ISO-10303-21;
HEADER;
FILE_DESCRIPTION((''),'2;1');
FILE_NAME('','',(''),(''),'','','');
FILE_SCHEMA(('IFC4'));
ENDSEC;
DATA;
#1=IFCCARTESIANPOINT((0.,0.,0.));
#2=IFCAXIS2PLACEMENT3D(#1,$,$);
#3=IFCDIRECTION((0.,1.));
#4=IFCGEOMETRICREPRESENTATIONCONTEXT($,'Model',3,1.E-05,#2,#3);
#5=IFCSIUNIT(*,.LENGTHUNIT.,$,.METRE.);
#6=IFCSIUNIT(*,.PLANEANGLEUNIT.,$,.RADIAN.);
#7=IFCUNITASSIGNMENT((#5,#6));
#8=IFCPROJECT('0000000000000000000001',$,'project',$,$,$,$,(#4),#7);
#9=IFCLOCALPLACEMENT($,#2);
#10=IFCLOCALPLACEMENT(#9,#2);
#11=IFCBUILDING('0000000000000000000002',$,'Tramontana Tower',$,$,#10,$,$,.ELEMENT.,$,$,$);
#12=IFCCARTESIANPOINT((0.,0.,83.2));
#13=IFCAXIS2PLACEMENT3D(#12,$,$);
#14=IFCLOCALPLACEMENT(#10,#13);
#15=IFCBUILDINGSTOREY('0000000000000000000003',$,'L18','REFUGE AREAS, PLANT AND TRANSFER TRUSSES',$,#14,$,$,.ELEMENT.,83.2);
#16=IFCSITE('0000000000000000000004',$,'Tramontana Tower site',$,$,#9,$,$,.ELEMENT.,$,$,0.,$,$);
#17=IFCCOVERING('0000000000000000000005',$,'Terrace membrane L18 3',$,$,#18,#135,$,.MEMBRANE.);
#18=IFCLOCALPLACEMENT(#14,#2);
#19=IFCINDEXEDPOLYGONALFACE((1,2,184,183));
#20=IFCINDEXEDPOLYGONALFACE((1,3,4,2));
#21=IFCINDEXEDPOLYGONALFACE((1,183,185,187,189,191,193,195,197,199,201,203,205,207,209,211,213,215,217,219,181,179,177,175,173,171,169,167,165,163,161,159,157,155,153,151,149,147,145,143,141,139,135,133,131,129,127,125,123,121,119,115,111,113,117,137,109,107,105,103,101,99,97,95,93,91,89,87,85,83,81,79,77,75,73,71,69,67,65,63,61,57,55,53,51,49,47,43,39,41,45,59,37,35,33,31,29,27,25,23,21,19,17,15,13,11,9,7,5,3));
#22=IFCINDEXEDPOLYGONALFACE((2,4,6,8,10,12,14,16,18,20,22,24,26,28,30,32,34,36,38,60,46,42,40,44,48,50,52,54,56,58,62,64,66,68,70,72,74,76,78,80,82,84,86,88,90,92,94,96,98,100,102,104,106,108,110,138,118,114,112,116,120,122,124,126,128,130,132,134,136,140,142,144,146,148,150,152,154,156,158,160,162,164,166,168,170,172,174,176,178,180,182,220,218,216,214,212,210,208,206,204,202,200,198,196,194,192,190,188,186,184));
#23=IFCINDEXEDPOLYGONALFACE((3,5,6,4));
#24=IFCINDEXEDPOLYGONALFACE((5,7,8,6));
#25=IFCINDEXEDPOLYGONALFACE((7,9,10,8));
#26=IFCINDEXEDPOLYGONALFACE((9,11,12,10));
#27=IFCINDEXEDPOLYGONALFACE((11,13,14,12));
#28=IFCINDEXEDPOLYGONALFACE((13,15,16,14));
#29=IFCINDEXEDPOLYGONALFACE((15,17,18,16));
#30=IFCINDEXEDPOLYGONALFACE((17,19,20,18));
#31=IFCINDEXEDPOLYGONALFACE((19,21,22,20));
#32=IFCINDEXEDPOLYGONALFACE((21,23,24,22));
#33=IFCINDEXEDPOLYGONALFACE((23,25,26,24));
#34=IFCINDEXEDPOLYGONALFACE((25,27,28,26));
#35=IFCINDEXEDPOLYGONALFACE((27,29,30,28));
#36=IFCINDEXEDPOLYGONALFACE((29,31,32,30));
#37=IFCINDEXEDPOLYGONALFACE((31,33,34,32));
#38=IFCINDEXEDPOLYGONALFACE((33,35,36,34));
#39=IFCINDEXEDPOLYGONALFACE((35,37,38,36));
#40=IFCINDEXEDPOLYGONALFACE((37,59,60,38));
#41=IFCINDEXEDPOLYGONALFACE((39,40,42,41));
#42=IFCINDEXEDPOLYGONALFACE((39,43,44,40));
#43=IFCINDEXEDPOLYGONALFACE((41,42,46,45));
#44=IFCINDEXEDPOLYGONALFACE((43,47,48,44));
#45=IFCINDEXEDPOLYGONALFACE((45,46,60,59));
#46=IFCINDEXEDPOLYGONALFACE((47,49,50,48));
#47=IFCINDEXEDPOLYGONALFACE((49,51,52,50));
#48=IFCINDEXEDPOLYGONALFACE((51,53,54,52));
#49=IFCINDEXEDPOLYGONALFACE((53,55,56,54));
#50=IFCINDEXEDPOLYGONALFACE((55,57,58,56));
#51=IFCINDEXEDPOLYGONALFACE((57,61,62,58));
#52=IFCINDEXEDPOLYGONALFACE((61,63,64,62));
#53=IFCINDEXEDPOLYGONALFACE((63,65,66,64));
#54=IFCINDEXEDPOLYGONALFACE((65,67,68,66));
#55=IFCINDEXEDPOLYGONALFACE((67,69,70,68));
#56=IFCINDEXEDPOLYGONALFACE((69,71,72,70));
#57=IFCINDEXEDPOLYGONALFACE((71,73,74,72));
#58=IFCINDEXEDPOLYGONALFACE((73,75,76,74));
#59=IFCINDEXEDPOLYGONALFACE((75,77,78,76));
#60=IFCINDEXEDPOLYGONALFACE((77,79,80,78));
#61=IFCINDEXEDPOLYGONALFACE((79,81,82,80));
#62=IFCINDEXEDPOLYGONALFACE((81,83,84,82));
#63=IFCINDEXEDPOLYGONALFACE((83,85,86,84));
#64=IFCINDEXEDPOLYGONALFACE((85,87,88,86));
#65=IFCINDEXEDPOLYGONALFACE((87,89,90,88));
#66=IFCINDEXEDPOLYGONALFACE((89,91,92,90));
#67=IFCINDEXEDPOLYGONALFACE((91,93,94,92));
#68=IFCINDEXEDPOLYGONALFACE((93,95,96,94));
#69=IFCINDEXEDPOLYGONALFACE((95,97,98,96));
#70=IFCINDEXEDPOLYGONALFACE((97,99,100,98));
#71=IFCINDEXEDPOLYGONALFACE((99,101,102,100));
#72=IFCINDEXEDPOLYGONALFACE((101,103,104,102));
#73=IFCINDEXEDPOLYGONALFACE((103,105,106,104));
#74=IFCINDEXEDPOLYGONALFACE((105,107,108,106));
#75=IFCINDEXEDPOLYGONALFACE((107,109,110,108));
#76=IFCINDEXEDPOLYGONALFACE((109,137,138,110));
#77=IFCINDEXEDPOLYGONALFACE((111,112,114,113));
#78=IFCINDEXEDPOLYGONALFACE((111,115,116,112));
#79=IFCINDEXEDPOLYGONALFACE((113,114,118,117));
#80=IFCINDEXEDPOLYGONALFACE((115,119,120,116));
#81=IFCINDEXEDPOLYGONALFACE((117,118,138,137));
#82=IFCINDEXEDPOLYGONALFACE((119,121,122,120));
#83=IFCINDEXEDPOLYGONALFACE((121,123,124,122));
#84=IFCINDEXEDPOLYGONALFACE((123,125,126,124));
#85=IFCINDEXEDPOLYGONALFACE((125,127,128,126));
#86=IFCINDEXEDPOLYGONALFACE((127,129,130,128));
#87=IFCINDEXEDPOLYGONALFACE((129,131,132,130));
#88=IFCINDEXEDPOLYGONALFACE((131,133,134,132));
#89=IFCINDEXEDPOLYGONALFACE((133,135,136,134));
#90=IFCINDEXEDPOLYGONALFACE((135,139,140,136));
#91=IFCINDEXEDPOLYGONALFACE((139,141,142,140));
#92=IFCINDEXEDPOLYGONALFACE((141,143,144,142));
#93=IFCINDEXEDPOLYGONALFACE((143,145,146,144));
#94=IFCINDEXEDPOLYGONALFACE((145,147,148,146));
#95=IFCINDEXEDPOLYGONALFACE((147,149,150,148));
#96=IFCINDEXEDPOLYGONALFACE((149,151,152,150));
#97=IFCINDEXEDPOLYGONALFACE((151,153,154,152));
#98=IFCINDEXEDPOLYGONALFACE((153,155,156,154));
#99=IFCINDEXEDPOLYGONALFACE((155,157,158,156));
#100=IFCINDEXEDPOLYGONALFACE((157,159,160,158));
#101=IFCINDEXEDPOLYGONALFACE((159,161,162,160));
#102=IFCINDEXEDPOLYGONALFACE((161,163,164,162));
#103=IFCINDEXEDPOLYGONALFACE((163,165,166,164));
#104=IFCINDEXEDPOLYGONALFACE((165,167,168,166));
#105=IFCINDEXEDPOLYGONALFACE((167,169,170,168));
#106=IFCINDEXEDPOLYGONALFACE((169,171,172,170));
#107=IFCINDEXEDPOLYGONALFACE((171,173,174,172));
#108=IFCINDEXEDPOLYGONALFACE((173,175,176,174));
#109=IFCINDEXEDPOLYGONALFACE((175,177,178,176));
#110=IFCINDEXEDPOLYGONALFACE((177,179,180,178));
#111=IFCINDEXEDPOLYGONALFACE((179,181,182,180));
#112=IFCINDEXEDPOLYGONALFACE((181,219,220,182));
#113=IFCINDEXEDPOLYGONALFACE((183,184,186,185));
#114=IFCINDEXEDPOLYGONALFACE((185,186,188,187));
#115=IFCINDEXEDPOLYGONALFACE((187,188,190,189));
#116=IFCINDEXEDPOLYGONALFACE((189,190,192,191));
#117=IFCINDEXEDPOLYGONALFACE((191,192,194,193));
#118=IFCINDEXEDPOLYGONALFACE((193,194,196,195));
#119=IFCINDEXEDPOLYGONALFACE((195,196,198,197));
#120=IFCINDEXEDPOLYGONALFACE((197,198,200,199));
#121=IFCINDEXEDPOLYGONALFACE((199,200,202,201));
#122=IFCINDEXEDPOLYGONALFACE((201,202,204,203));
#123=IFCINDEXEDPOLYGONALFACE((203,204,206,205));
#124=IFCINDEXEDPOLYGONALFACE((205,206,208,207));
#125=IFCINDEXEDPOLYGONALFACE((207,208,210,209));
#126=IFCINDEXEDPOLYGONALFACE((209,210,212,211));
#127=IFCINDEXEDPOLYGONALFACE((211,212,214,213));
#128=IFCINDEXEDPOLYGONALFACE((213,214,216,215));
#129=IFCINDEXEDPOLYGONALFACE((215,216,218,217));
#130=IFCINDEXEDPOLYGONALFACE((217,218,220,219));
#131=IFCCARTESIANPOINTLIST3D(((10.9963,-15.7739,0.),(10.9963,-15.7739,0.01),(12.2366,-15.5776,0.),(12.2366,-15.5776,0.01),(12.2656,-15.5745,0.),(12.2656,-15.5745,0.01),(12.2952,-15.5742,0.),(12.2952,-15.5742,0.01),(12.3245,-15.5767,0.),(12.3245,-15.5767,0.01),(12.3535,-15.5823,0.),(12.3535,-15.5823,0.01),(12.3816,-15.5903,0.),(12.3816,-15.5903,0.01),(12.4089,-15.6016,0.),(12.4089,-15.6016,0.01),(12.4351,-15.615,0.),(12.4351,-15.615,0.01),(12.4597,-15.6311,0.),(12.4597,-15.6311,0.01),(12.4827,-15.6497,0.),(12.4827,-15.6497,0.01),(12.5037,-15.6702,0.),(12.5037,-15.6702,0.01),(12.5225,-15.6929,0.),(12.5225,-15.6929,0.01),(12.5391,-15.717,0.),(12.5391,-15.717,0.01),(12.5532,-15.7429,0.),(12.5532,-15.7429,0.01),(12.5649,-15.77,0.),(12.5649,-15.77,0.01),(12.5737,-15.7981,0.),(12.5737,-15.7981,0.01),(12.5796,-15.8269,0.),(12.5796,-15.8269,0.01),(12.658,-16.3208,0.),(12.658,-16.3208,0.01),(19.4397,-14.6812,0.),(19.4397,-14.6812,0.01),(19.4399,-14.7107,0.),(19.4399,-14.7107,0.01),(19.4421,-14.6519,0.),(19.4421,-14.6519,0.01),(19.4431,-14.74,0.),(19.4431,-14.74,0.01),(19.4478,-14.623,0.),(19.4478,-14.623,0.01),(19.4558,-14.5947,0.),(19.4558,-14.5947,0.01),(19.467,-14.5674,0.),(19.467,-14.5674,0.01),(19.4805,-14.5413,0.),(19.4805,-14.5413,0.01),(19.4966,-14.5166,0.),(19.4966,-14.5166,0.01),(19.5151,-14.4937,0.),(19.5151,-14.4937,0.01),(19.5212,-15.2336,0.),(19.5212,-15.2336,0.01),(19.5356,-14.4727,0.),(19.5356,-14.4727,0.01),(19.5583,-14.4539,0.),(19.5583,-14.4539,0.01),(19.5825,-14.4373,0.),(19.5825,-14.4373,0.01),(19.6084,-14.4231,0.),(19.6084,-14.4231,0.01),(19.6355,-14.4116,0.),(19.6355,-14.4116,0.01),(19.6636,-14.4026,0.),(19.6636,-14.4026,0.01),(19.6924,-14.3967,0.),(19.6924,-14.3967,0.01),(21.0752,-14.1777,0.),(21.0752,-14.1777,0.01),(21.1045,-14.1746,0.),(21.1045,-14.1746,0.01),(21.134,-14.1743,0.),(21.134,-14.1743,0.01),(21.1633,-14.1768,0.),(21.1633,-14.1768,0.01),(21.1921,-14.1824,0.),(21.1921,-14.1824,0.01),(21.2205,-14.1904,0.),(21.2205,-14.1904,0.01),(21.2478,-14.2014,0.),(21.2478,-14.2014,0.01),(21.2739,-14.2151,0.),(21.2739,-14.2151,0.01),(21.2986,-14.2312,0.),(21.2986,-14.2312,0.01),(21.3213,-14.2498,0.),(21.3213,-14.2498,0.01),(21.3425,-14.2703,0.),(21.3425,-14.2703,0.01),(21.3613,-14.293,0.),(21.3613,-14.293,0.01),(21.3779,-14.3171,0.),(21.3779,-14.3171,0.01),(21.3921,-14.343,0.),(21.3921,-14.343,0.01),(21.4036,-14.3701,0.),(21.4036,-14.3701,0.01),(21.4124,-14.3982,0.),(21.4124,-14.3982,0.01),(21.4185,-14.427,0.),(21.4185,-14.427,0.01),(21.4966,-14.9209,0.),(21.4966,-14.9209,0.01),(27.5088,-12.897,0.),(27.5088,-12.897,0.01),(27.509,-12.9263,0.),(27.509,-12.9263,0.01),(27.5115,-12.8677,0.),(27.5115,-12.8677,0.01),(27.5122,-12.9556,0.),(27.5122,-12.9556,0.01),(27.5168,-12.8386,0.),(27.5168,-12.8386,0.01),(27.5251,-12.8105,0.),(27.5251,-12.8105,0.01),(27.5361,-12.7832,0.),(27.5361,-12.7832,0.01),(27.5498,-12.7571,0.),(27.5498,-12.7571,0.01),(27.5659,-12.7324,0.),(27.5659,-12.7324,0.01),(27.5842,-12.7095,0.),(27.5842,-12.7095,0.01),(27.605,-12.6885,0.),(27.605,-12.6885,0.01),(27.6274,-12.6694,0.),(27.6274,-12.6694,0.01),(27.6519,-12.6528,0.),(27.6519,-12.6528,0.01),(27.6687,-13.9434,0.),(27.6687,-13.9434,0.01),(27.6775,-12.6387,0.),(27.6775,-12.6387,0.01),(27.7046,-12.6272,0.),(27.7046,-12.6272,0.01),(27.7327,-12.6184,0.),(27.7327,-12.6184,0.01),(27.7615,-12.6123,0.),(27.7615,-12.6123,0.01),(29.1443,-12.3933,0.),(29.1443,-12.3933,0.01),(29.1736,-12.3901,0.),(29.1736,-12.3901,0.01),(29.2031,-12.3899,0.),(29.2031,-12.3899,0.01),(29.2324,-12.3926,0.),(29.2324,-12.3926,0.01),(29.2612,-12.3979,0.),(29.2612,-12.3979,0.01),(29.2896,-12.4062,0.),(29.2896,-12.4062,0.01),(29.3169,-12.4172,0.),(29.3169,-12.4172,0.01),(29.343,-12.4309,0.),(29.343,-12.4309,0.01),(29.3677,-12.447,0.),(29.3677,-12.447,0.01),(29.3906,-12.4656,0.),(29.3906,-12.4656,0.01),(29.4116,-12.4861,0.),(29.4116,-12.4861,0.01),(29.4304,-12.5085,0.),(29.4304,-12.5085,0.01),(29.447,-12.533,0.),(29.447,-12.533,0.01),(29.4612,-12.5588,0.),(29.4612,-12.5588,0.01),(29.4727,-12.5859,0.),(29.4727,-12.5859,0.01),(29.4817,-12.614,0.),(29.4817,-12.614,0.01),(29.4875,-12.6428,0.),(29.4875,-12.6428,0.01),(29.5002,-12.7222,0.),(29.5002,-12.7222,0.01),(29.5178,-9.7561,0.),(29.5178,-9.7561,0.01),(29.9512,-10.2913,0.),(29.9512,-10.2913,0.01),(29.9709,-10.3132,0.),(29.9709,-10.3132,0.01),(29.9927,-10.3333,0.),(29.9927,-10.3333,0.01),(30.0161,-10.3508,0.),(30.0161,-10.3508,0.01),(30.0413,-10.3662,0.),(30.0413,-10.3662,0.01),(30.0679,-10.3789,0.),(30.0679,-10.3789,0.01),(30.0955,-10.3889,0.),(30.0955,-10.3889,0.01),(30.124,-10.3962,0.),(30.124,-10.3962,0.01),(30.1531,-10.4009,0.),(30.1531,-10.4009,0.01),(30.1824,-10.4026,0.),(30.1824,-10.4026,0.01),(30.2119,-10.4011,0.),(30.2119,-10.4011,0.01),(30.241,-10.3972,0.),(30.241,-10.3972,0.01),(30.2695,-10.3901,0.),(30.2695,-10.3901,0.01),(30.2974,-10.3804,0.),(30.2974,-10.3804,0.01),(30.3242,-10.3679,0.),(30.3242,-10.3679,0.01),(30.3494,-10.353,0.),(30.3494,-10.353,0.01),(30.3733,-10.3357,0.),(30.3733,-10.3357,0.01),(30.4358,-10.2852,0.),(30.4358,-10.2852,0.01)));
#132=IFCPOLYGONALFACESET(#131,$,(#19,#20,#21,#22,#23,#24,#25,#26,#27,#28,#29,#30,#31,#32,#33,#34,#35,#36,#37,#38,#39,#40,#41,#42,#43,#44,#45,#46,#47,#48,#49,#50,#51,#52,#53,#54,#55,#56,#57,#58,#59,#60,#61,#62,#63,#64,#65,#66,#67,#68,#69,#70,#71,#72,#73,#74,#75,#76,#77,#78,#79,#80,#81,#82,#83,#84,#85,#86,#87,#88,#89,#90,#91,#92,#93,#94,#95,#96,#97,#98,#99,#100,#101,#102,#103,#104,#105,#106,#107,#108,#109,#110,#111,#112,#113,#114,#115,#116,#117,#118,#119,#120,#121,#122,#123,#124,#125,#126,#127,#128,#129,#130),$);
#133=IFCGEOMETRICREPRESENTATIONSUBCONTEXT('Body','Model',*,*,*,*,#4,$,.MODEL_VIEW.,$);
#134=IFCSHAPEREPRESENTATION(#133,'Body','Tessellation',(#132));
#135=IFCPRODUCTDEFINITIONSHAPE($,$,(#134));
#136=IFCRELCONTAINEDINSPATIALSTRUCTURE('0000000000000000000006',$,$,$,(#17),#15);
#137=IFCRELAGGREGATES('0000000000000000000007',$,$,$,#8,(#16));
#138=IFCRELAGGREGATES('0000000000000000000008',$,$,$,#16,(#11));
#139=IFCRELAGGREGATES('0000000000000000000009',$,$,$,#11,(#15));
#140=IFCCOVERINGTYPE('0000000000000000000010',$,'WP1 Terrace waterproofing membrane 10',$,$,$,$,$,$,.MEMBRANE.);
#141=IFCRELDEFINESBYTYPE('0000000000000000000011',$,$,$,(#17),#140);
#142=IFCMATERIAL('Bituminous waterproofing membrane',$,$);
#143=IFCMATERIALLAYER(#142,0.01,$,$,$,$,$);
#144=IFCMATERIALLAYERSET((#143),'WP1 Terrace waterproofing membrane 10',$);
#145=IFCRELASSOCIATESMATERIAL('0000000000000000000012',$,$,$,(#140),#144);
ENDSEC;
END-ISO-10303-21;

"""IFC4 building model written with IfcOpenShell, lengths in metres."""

from ifc_helpers import new_model, si_unit, direction, frame, origin, place, context, subcontext, project, spatial, polyline, outline, extrude, material, layer, layer_set, type_object, element, save


model = new_model("IFC4")

# Units and contexts
model_context = context("Model", 3, precision=1e-05, world=origin(), true_north=direction((0.0, 1.0)))
body_context = subcontext(model_context, "Body", "Model", "MODEL_VIEW")
ifc_project = project(units=[si_unit("LENGTHUNIT", "METRE"), si_unit("PLANEANGLEUNIT", "RADIAN")], contexts=[model_context])

# Site, building, storey
site_placement = place(None, origin())
site = spatial("IfcSite", under=ifc_project, at=site_placement, Name="Tramontana Tower site", CompositionType="ELEMENT", RefElevation=0.0)
building_placement = place(site_placement, origin())
building = spatial("IfcBuilding", under=site, at=building_placement, Name="Tramontana Tower", CompositionType="ELEMENT")
storey_placement = place(building_placement, frame((0.0, 0.0, 83.2)))
storey = spatial("IfcBuildingStorey", under=building, at=storey_placement, Name="L18", Description="REFUGE AREAS, PLANT AND TRANSFER TRUSSES", CompositionType="ELEMENT", Elevation=83.2)

# Covering
ifc_material_1 = material(Name="Bituminous waterproofing membrane")
ifc_layer_1 = layer(ifc_material_1, 0.01)
ifc_layer_set_1 = layer_set([ifc_layer_1], Name="WP1 Terrace waterproofing membrane 10")
covering_type_1 = type_object("IfcCoveringType", Name="WP1 Terrace waterproofing membrane 10", PredefinedType="MEMBRANE", material=ifc_layer_set_1)
covering_1_placement = place(storey_placement, origin())
element("IfcCovering", 1, at=covering_1_placement, inside=storey, type_object=covering_type_1, Name="Terrace membrane L18 3", PredefinedType="MEMBRANE", context=body_context, shape_type="SweptSolid", body=[
    extrude(outline(polyline([(29.5002, -12.7222), (29.4875, -12.6428), (29.4817, -12.614), (29.4727, -12.5859), (29.4612, -12.5588), (29.447, -12.533), (29.4304, -12.5085), (29.4116, -12.4861), (29.3906, -12.4656), (29.3677, -12.447), (29.343, -12.4309), (29.3169, -12.4172), (29.2896, -12.4062), (29.2612, -12.3979), (29.2324, -12.3926), (29.2031, -12.3899), (29.1736, -12.3901), (29.1443, -12.3933), (27.7615, -12.6123), (27.7327, -12.6184), (27.7046, -12.6272), (27.6775, -12.6387), (27.6519, -12.6528), (27.6274, -12.6694), (27.605, -12.6885), (27.5842, -12.7095), (27.5659, -12.7324), (27.5498, -12.7571), (27.5361, -12.7832), (27.5251, -12.8105), (27.5168, -12.8386), (27.5115, -12.8677), (27.5088, -12.897), (27.509, -12.9263), (27.5122, -12.9556), (27.6687, -13.9434), (21.4966, -14.9209), (21.4185, -14.427), (21.4124, -14.3982), (21.4036, -14.3701), (21.3921, -14.343), (21.3779, -14.3171), (21.3613, -14.293), (21.3425, -14.2703), (21.3213, -14.2498), (21.2986, -14.2312), (21.2739, -14.2151), (21.2478, -14.2014), (21.2205, -14.1904), (21.1921, -14.1824), (21.1633, -14.1768), (21.134, -14.1743), (21.1045, -14.1746), (21.0752, -14.1777), (19.6924, -14.3967), (19.6636, -14.4026), (19.6355, -14.4116), (19.6084, -14.4231), (19.5825, -14.4373), (19.5583, -14.4539), (19.5356, -14.4727), (19.5151, -14.4937), (19.4966, -14.5166), (19.4805, -14.5413), (19.467, -14.5674), (19.4558, -14.5947), (19.4478, -14.623), (19.4421, -14.6519), (19.4397, -14.6812), (19.4399, -14.7107), (19.4431, -14.74), (19.5212, -15.2336), (12.658, -16.3208), (12.5796, -15.8269), (12.5737, -15.7981), (12.5649, -15.77), (12.5532, -15.7429), (12.5391, -15.717), (12.5225, -15.6929), (12.5037, -15.6702), (12.4827, -15.6497), (12.4597, -15.6311), (12.4351, -15.615), (12.4089, -15.6016), (12.3816, -15.5903), (12.3535, -15.5823), (12.3245, -15.5767), (12.2952, -15.5742), (12.2656, -15.5745), (12.2366, -15.5776), (10.9963, -15.7739), (29.5178, -9.7561), (29.9512, -10.2913), (29.9709, -10.3132), (29.9927, -10.3333), (30.0161, -10.3508), (30.0413, -10.3662), (30.0679, -10.3789), (30.0955, -10.3889), (30.124, -10.3962), (30.1531, -10.4009), (30.1824, -10.4026), (30.2119, -10.4011), (30.241, -10.3972), (30.2695, -10.3901), (30.2974, -10.3804), (30.3242, -10.3679), (30.3494, -10.353), (30.3733, -10.3357), (30.4358, -10.2852), (29.5002, -12.7222)])), origin(), (0.0, 0.0, 1.0), 0.01),
])

save(model, "model.ifc")
